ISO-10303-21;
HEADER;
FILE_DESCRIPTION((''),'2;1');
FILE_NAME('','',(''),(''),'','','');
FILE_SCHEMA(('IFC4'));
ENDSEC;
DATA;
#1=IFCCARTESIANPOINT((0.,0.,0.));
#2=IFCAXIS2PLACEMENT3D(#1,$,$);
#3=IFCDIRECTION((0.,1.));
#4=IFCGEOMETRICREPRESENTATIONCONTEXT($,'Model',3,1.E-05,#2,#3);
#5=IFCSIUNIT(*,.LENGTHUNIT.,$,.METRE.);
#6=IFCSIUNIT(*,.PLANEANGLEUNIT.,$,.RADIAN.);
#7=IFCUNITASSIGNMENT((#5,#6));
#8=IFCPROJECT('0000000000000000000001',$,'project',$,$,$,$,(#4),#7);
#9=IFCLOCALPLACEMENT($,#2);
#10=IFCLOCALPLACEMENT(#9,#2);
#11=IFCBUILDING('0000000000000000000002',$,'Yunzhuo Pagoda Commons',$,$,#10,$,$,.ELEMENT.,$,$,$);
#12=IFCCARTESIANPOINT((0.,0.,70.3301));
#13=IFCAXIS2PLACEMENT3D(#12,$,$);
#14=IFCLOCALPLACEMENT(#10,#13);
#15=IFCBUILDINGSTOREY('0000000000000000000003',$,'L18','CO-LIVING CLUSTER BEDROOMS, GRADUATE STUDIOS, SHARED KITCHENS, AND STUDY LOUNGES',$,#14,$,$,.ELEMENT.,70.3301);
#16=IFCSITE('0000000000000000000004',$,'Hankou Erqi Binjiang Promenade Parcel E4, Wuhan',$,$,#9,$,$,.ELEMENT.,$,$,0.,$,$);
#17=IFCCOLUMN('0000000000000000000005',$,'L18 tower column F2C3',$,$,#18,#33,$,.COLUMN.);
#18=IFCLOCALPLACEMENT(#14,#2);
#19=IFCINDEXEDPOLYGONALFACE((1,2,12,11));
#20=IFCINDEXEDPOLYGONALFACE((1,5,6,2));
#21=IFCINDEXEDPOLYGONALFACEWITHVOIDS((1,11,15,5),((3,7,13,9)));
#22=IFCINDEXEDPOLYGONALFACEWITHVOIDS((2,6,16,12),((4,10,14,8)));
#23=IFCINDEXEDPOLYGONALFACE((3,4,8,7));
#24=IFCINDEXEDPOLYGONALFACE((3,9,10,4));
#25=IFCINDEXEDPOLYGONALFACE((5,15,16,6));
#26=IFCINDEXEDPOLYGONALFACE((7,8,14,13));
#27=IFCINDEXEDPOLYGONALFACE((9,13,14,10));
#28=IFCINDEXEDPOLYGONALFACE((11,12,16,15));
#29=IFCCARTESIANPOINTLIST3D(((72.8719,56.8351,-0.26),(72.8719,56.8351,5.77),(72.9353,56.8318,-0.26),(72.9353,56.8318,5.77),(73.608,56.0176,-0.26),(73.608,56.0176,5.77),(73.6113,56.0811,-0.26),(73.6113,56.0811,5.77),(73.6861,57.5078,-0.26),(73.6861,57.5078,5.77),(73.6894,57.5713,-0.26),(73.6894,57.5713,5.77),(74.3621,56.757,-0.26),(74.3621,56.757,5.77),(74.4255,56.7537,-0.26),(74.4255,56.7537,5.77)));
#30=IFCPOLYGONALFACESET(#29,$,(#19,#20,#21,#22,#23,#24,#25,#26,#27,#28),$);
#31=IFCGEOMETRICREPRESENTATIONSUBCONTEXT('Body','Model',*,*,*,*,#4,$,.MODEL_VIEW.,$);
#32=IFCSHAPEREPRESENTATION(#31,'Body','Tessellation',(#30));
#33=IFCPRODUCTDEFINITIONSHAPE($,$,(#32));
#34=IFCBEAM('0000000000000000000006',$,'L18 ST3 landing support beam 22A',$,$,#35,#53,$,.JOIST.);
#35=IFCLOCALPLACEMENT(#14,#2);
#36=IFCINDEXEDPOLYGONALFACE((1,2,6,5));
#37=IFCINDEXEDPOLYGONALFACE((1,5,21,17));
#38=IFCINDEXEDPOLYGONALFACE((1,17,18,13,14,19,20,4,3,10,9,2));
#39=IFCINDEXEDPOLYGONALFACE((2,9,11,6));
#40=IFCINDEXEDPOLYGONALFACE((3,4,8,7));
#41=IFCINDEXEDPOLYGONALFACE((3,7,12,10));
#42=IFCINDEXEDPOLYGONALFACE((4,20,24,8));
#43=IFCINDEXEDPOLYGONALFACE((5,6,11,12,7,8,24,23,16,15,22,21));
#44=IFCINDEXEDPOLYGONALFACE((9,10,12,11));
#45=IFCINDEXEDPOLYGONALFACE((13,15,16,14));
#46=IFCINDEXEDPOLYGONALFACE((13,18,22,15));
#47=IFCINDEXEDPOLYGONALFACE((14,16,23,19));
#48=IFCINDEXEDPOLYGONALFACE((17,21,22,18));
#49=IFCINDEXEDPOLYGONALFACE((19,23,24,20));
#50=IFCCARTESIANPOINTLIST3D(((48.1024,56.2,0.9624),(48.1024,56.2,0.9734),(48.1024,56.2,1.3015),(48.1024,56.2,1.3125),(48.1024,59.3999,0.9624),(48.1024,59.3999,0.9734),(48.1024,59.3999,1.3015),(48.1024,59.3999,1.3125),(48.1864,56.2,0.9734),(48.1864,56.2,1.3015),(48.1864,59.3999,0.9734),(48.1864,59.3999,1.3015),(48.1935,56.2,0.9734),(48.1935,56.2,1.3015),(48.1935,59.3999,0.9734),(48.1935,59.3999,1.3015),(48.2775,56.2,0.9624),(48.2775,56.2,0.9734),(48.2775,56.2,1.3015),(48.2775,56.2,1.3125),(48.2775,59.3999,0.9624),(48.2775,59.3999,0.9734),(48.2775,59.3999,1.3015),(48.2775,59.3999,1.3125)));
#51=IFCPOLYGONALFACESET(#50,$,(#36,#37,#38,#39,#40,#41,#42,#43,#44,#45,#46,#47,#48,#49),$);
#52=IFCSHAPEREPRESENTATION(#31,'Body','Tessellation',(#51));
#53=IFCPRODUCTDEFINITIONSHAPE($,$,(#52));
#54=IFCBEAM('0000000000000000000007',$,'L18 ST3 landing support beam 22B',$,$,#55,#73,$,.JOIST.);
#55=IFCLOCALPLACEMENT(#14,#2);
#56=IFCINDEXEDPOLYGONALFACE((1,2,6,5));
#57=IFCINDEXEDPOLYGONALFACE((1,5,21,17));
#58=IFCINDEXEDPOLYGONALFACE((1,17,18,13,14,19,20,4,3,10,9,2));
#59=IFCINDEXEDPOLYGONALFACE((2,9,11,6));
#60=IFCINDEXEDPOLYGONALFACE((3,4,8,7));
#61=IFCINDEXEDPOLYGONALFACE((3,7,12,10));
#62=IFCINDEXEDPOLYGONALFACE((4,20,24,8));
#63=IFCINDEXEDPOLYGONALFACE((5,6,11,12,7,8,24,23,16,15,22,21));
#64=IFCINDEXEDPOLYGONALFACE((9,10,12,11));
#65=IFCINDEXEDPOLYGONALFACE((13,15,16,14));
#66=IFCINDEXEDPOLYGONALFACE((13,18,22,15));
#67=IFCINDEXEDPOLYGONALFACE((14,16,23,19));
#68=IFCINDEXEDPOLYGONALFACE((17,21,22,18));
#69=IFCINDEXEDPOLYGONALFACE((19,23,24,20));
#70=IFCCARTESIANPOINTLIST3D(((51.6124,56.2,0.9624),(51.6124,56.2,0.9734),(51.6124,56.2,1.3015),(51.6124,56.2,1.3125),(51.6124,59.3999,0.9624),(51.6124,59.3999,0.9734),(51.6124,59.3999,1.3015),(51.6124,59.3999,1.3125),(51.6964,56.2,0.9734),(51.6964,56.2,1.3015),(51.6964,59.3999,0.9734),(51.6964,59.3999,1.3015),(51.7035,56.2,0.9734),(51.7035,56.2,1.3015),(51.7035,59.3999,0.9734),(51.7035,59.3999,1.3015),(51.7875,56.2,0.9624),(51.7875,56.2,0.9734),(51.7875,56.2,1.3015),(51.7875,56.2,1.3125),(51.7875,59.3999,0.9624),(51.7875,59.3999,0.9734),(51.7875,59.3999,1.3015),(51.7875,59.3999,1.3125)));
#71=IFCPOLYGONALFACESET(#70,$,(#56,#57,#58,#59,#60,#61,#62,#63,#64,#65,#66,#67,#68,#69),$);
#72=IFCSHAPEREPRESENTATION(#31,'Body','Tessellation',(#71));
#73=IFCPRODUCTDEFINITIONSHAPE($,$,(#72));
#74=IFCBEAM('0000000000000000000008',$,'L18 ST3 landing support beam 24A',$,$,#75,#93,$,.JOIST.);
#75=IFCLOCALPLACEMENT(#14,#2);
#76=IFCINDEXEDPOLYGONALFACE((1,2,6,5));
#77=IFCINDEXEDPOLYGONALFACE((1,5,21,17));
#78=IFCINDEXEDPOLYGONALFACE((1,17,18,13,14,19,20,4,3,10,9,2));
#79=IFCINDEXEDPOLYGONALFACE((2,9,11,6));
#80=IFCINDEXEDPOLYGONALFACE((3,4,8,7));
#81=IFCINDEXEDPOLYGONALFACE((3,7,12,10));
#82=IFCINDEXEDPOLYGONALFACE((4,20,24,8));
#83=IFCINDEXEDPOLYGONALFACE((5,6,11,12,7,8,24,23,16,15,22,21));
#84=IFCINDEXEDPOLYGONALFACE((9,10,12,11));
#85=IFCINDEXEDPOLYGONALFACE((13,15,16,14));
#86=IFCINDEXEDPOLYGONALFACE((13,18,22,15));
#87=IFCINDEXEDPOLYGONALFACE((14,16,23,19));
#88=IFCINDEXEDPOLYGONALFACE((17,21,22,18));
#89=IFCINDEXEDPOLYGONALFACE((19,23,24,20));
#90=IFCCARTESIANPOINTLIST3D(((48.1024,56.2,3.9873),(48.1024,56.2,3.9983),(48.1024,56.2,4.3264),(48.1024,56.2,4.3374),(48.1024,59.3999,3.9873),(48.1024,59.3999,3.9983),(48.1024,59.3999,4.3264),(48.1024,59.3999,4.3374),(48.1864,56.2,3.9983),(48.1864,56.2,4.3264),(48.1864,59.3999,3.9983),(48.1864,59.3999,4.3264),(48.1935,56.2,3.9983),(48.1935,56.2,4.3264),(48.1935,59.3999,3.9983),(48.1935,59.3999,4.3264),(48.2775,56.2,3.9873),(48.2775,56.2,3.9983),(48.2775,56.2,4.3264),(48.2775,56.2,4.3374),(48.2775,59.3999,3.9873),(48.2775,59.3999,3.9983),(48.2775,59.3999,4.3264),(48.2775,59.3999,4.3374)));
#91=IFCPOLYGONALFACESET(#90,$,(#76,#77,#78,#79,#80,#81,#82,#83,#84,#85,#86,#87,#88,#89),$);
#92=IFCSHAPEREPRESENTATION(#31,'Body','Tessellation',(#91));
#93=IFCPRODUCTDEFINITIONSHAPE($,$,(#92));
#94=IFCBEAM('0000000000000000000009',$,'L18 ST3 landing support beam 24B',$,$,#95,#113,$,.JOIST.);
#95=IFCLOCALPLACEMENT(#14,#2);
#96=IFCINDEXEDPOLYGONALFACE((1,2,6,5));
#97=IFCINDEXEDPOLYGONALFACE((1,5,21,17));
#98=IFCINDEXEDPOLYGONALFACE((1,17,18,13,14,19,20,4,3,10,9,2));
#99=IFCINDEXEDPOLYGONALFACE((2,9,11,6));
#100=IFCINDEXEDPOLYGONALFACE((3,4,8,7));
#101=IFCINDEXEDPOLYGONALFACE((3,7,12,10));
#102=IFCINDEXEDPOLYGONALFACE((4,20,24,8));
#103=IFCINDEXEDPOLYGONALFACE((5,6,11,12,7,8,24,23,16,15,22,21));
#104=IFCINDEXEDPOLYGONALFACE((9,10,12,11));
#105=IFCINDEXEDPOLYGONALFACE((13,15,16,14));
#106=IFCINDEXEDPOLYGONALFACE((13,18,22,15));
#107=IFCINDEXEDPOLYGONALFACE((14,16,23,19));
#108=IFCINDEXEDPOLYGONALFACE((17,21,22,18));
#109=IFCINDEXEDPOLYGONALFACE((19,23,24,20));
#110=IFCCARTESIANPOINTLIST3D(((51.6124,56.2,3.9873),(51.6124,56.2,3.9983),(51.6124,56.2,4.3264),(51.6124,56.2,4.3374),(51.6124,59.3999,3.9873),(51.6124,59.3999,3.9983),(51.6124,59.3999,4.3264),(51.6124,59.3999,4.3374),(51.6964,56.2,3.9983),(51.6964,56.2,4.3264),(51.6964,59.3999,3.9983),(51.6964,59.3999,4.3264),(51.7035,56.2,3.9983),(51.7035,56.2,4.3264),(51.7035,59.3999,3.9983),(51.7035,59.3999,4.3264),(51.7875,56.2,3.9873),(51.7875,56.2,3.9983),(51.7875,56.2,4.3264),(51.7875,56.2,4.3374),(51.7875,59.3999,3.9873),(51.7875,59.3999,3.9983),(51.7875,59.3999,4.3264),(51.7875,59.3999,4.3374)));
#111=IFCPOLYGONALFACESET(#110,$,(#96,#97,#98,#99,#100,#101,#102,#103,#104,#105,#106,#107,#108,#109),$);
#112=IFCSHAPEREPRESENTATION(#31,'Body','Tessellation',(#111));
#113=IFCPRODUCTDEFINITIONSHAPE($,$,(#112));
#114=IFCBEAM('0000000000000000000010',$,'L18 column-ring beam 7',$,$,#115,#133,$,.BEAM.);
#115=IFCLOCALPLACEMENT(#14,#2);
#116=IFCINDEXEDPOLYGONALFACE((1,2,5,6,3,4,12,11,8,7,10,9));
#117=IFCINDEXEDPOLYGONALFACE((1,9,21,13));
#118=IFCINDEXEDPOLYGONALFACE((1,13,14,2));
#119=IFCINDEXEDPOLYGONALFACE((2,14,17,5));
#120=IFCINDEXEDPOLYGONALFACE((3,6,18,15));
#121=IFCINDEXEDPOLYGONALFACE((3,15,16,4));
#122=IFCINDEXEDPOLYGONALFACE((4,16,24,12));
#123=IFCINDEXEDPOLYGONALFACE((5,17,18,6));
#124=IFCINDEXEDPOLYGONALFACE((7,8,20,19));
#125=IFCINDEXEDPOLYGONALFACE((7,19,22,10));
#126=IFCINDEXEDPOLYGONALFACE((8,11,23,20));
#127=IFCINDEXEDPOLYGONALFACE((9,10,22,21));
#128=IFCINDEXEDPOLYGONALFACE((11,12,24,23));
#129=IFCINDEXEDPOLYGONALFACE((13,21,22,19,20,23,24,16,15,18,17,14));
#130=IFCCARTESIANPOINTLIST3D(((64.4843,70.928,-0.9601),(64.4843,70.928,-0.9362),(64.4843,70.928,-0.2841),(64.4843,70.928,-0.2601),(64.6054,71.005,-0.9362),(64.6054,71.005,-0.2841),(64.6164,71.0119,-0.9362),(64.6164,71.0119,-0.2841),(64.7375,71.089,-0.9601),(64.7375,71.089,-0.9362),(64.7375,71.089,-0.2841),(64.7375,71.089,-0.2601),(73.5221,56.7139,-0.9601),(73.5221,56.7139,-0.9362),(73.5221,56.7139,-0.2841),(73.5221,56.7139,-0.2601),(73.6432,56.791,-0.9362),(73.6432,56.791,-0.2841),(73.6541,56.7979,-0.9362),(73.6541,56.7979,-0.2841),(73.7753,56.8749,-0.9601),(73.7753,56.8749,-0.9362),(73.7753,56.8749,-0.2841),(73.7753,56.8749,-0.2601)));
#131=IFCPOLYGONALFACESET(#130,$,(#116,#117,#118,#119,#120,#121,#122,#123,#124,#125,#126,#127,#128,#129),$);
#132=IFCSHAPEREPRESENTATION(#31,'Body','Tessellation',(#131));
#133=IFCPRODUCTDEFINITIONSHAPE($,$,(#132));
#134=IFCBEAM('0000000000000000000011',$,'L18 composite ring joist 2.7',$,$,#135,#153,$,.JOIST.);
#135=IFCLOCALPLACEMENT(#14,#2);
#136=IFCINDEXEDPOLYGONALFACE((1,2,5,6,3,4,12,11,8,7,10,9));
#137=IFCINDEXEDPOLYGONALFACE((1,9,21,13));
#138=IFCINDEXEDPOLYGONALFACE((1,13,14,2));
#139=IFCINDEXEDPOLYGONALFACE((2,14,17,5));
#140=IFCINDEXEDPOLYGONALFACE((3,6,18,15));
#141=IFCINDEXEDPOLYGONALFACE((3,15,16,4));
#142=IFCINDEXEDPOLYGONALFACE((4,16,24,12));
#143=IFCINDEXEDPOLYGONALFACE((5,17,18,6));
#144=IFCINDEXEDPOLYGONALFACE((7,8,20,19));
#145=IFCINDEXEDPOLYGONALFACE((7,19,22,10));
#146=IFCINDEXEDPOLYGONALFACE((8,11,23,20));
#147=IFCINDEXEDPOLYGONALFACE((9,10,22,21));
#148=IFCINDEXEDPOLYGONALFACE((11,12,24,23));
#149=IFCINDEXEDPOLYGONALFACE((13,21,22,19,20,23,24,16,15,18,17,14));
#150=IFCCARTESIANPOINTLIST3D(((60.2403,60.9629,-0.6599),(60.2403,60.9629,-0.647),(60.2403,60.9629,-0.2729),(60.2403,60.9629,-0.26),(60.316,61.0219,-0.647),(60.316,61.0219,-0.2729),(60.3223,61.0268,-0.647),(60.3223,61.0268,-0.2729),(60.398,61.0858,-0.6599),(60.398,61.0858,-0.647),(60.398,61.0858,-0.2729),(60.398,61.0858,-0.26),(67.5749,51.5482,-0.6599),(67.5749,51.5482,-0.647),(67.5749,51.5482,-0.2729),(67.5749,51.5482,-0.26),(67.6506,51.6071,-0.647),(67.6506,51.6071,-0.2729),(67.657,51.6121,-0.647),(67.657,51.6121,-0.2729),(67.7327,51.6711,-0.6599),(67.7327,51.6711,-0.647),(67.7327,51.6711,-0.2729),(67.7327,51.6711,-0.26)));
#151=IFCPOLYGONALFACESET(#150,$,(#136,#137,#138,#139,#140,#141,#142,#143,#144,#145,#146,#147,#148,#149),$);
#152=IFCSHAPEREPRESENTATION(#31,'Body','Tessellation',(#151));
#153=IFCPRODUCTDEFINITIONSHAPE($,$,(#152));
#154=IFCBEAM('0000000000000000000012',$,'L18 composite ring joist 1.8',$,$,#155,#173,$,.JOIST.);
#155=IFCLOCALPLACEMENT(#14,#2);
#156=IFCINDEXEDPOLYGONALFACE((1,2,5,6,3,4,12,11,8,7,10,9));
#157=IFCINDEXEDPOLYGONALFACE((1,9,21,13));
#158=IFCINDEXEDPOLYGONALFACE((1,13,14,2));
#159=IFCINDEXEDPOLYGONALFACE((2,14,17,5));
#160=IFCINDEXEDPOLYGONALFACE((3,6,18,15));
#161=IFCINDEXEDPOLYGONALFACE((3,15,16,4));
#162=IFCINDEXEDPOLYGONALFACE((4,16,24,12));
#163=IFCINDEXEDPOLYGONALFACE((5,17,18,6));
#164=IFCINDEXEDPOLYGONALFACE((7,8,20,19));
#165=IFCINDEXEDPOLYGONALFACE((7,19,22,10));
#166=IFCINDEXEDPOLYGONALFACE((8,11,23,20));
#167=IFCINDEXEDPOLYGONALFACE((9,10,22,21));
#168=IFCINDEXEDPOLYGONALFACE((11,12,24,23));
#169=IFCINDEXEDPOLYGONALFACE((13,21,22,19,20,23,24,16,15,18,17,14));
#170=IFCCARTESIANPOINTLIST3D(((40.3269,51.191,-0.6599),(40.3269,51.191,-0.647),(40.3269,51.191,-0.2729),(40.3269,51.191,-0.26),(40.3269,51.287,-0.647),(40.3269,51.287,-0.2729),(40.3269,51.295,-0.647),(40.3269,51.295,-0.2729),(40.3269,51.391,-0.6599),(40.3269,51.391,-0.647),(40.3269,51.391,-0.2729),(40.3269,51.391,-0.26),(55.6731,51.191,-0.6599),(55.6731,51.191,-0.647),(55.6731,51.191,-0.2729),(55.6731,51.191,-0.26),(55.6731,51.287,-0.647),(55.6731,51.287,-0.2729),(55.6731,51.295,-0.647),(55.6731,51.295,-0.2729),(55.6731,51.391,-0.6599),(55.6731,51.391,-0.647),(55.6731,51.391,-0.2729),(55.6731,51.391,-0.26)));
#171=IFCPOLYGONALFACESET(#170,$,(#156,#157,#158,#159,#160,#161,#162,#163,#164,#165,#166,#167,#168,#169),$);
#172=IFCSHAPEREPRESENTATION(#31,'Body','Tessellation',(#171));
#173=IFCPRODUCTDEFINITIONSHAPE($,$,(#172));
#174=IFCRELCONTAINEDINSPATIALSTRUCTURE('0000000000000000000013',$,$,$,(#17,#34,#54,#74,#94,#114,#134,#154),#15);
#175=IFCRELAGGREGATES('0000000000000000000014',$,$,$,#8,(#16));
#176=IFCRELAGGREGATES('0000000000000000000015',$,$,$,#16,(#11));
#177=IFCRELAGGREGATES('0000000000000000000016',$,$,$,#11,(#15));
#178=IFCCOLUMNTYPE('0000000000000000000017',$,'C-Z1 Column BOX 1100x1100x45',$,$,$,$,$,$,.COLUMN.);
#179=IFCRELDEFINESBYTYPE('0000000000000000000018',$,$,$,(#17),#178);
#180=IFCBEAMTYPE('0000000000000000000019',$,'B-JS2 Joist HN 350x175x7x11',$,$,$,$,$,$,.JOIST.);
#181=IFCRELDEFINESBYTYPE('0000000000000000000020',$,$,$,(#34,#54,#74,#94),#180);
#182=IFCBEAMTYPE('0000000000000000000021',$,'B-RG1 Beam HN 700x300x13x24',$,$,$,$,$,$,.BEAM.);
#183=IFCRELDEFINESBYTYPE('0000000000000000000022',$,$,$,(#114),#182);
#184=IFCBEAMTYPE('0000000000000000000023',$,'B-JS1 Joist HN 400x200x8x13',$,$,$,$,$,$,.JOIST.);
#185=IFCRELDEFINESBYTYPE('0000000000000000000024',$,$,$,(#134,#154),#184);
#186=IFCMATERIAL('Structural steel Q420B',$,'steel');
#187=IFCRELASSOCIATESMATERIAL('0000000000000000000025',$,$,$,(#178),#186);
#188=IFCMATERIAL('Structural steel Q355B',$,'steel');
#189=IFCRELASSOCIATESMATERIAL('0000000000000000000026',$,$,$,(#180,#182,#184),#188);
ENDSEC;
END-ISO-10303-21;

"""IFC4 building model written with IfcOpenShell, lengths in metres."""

from ifc_helpers import new_model, si_unit, direction, frame, origin, origin_2d, place, context, subcontext, project, spatial, hollow_rectangle, i_section, extrude, source, transform, mapped, material, material_profile, profile_set, type_object, element, save


model = new_model("IFC4")

# Units and contexts
model_context = context("Model", 3, precision=1e-05, world=origin(), true_north=direction((0.0, 1.0)))
body_context = subcontext(model_context, "Body", "Model", "MODEL_VIEW")
ifc_project = project(units=[si_unit("LENGTHUNIT", "METRE"), si_unit("PLANEANGLEUNIT", "RADIAN")], contexts=[model_context])

# Site, building, storey
site_placement = place(None, origin())
site = spatial("IfcSite", under=ifc_project, at=site_placement, Name="Hankou Erqi Binjiang Promenade Parcel E4, Wuhan", CompositionType="ELEMENT", RefElevation=0.0)
building_placement = place(site_placement, origin())
building = spatial("IfcBuilding", under=site, at=building_placement, Name="Yunzhuo Pagoda Commons", CompositionType="ELEMENT")
storey_placement = place(building_placement, frame((0.0, 0.0, 70.3301)))
storey = spatial("IfcBuildingStorey", under=building, at=storey_placement, Name="L18", Description="CO-LIVING CLUSTER BEDROOMS, GRADUATE STUDIOS, SHARED KITCHENS, AND STUDY LOUNGES", CompositionType="ELEMENT", Elevation=70.3301)

# Column
ifc_material_1 = material(Name="Structural steel Q420B", Category="steel")
ifc_material_profile_1 = material_profile(ifc_material_1, hollow_rectangle(XDim=1.1001, YDim=1.1001, WallThickness=0.0449, at=origin_2d()), Name="Structural steel Q420B")
ifc_profile_set_1 = profile_set([ifc_material_profile_1], Name="Structural steel Q420B")
column_type = type_object("IfcColumnType", Name="C-Z1 Column BOX 1100x1100x45", PredefinedType="COLUMN", material=ifc_profile_set_1)
shared_shape_1 = source(origin(), body_context, "Body", "SweptSolid", [
    extrude(hollow_rectangle(XDim=1.1001, YDim=1.1001, WallThickness=0.0449, at=origin_2d()), origin(), (0.0, 0.0, 1.0), 6.03),
])
column_placement = place(storey_placement, frame((73.6487, 56.7944, -0.26), z_axis=(0.0, 0.0, 1.0), x_axis=(-0.669131, 0.743145, 0.0)))
element("IfcColumn", 1, at=column_placement, inside=storey, type_object=column_type, Name="L18 tower column F2C3", PredefinedType="COLUMN", context=body_context, shape_type="MappedRepresentation", body=[
    mapped(shared_shape_1, transform((0.0, 0.0, 0.0), scale=1.0)),
])

# Beams
ifc_material_2 = material(Name="Structural steel Q355B", Category="steel")
ifc_material_profile_2 = material_profile(ifc_material_2, i_section(OverallWidth=0.175, OverallDepth=0.3501, WebThickness=0.0071, FlangeThickness=0.011, at=origin_2d()), Name="Structural steel Q355B")
ifc_profile_set_2 = profile_set([ifc_material_profile_2], Name="Structural steel Q355B")
beam_type_1 = type_object("IfcBeamType", Name="B-JS2 Joist HN 350x175x7x11", PredefinedType="JOIST", material=ifc_profile_set_2)
shared_shape_2 = source(origin(), body_context, "Body", "SweptSolid", [
    extrude(i_section(OverallWidth=0.175, OverallDepth=0.3501, WebThickness=0.0071, FlangeThickness=0.011, at=origin_2d()), origin(), (0.0, 0.0, 1.0), 3.2),
])
for number, where, z_axis, x_axis, name in (
    (2, (48.1899, 56.2, 1.1375), (0.0, 1.0, 0.0), (-1.0, 0.0, 0.0), "L18 ST3 landing support beam 22A"),
    (3, (51.7, 56.2, 1.1375), (0.0, 1.0, 0.0), (-1.0, 0.0, 0.0), "L18 ST3 landing support beam 22B"),
    (4, (48.1899, 56.2, 4.1624), (0.0, 1.0, 0.0), (-1.0, 0.0, 0.0), "L18 ST3 landing support beam 24A"),
    (5, (51.7, 56.2, 4.1624), (0.0, 1.0, 0.0), (-1.0, 0.0, 0.0), "L18 ST3 landing support beam 24B"),
):
    element("IfcBeam", number, at=place(storey_placement, frame(where, z_axis=z_axis, x_axis=x_axis)), inside=storey, type_object=beam_type_1, Name=name, PredefinedType="JOIST", context=body_context, shape_type="MappedRepresentation", body=[
        mapped(shared_shape_2, transform((0.0, 0.0, 0.0), scale=1.0)),
    ])
ifc_material_profile_3 = material_profile(ifc_material_2, i_section(OverallWidth=0.3, OverallDepth=0.7, WebThickness=0.0129, FlangeThickness=0.0239, at=origin_2d()), Name="Structural steel Q355B")
ifc_profile_set_3 = profile_set([ifc_material_profile_3], Name="Structural steel Q355B")
beam_type_2 = type_object("IfcBeamType", Name="B-RG1 Beam HN 700x300x13x24", PredefinedType="BEAM", material=ifc_profile_set_3)
shared_shape_3 = source(origin(), body_context, "Body", "SweptSolid", [
    extrude(i_section(OverallWidth=0.3, OverallDepth=0.7, WebThickness=0.0129, FlangeThickness=0.0239, at=origin_2d()), origin(), (0.0, 0.0, 1.0), 16.844),
])
beam_1_placement = place(storey_placement, frame((73.6487, 56.7944, -0.6101), z_axis=(-0.536558, 0.843863, 0.0), x_axis=(-0.843863, -0.536558, 0.0)))
element("IfcBeam", 6, at=beam_1_placement, inside=storey, type_object=beam_type_2, Name="L18 column-ring beam 7", PredefinedType="BEAM", context=body_context, shape_type="MappedRepresentation", body=[
    mapped(shared_shape_3, transform((0.0, 0.0, 0.0), scale=1.0)),
])
ifc_material_profile_4 = material_profile(ifc_material_2, i_section(OverallWidth=0.2, OverallDepth=0.3999, WebThickness=0.0081, FlangeThickness=0.0129, at=origin_2d()), Name="Structural steel Q355B")
ifc_profile_set_4 = profile_set([ifc_material_profile_4], Name="Structural steel Q355B")
beam_type_3 = type_object("IfcBeamType", Name="B-JS1 Joist HN 400x200x8x13", PredefinedType="JOIST", material=ifc_profile_set_4)
shared_shape_4 = source(origin(), body_context, "Body", "SweptSolid", [
    extrude(i_section(OverallWidth=0.2, OverallDepth=0.3999, WebThickness=0.0081, FlangeThickness=0.0129, at=origin_2d()), origin(), (0.0, 0.0, 1.0), 11.9346),
])
beam_2_placement = place(storey_placement, frame((67.6538, 51.6096, -0.46), z_axis=(-0.614572, 0.788861, 0.0), x_axis=(-0.788861, -0.614572, 0.0)))
element("IfcBeam", 7, at=beam_2_placement, inside=storey, type_object=beam_type_3, Name="L18 composite ring joist 2.7", PredefinedType="JOIST", context=body_context, shape_type="MappedRepresentation", body=[
    mapped(shared_shape_4, transform((0.0, 0.0, 0.0), scale=1.0)),
])
shared_shape_5 = source(origin(), body_context, "Body", "SweptSolid", [
    extrude(i_section(OverallWidth=0.2, OverallDepth=0.3999, WebThickness=0.0081, FlangeThickness=0.0129, at=origin_2d()), origin(), (0.0, 0.0, 1.0), 15.3462),
])
beam_3_placement = place(storey_placement, frame((55.6731, 51.291, -0.46), z_axis=(-1.0, 0.0, 0.0), x_axis=(0.0, -1.0, 0.0)))
element("IfcBeam", 8, at=beam_3_placement, inside=storey, type_object=beam_type_3, Name="L18 composite ring joist 1.8", PredefinedType="JOIST", context=body_context, shape_type="MappedRepresentation", body=[
    mapped(shared_shape_5, transform((0.0, 0.0, 0.0), scale=1.0)),
])

save(model, "model.ifc")
